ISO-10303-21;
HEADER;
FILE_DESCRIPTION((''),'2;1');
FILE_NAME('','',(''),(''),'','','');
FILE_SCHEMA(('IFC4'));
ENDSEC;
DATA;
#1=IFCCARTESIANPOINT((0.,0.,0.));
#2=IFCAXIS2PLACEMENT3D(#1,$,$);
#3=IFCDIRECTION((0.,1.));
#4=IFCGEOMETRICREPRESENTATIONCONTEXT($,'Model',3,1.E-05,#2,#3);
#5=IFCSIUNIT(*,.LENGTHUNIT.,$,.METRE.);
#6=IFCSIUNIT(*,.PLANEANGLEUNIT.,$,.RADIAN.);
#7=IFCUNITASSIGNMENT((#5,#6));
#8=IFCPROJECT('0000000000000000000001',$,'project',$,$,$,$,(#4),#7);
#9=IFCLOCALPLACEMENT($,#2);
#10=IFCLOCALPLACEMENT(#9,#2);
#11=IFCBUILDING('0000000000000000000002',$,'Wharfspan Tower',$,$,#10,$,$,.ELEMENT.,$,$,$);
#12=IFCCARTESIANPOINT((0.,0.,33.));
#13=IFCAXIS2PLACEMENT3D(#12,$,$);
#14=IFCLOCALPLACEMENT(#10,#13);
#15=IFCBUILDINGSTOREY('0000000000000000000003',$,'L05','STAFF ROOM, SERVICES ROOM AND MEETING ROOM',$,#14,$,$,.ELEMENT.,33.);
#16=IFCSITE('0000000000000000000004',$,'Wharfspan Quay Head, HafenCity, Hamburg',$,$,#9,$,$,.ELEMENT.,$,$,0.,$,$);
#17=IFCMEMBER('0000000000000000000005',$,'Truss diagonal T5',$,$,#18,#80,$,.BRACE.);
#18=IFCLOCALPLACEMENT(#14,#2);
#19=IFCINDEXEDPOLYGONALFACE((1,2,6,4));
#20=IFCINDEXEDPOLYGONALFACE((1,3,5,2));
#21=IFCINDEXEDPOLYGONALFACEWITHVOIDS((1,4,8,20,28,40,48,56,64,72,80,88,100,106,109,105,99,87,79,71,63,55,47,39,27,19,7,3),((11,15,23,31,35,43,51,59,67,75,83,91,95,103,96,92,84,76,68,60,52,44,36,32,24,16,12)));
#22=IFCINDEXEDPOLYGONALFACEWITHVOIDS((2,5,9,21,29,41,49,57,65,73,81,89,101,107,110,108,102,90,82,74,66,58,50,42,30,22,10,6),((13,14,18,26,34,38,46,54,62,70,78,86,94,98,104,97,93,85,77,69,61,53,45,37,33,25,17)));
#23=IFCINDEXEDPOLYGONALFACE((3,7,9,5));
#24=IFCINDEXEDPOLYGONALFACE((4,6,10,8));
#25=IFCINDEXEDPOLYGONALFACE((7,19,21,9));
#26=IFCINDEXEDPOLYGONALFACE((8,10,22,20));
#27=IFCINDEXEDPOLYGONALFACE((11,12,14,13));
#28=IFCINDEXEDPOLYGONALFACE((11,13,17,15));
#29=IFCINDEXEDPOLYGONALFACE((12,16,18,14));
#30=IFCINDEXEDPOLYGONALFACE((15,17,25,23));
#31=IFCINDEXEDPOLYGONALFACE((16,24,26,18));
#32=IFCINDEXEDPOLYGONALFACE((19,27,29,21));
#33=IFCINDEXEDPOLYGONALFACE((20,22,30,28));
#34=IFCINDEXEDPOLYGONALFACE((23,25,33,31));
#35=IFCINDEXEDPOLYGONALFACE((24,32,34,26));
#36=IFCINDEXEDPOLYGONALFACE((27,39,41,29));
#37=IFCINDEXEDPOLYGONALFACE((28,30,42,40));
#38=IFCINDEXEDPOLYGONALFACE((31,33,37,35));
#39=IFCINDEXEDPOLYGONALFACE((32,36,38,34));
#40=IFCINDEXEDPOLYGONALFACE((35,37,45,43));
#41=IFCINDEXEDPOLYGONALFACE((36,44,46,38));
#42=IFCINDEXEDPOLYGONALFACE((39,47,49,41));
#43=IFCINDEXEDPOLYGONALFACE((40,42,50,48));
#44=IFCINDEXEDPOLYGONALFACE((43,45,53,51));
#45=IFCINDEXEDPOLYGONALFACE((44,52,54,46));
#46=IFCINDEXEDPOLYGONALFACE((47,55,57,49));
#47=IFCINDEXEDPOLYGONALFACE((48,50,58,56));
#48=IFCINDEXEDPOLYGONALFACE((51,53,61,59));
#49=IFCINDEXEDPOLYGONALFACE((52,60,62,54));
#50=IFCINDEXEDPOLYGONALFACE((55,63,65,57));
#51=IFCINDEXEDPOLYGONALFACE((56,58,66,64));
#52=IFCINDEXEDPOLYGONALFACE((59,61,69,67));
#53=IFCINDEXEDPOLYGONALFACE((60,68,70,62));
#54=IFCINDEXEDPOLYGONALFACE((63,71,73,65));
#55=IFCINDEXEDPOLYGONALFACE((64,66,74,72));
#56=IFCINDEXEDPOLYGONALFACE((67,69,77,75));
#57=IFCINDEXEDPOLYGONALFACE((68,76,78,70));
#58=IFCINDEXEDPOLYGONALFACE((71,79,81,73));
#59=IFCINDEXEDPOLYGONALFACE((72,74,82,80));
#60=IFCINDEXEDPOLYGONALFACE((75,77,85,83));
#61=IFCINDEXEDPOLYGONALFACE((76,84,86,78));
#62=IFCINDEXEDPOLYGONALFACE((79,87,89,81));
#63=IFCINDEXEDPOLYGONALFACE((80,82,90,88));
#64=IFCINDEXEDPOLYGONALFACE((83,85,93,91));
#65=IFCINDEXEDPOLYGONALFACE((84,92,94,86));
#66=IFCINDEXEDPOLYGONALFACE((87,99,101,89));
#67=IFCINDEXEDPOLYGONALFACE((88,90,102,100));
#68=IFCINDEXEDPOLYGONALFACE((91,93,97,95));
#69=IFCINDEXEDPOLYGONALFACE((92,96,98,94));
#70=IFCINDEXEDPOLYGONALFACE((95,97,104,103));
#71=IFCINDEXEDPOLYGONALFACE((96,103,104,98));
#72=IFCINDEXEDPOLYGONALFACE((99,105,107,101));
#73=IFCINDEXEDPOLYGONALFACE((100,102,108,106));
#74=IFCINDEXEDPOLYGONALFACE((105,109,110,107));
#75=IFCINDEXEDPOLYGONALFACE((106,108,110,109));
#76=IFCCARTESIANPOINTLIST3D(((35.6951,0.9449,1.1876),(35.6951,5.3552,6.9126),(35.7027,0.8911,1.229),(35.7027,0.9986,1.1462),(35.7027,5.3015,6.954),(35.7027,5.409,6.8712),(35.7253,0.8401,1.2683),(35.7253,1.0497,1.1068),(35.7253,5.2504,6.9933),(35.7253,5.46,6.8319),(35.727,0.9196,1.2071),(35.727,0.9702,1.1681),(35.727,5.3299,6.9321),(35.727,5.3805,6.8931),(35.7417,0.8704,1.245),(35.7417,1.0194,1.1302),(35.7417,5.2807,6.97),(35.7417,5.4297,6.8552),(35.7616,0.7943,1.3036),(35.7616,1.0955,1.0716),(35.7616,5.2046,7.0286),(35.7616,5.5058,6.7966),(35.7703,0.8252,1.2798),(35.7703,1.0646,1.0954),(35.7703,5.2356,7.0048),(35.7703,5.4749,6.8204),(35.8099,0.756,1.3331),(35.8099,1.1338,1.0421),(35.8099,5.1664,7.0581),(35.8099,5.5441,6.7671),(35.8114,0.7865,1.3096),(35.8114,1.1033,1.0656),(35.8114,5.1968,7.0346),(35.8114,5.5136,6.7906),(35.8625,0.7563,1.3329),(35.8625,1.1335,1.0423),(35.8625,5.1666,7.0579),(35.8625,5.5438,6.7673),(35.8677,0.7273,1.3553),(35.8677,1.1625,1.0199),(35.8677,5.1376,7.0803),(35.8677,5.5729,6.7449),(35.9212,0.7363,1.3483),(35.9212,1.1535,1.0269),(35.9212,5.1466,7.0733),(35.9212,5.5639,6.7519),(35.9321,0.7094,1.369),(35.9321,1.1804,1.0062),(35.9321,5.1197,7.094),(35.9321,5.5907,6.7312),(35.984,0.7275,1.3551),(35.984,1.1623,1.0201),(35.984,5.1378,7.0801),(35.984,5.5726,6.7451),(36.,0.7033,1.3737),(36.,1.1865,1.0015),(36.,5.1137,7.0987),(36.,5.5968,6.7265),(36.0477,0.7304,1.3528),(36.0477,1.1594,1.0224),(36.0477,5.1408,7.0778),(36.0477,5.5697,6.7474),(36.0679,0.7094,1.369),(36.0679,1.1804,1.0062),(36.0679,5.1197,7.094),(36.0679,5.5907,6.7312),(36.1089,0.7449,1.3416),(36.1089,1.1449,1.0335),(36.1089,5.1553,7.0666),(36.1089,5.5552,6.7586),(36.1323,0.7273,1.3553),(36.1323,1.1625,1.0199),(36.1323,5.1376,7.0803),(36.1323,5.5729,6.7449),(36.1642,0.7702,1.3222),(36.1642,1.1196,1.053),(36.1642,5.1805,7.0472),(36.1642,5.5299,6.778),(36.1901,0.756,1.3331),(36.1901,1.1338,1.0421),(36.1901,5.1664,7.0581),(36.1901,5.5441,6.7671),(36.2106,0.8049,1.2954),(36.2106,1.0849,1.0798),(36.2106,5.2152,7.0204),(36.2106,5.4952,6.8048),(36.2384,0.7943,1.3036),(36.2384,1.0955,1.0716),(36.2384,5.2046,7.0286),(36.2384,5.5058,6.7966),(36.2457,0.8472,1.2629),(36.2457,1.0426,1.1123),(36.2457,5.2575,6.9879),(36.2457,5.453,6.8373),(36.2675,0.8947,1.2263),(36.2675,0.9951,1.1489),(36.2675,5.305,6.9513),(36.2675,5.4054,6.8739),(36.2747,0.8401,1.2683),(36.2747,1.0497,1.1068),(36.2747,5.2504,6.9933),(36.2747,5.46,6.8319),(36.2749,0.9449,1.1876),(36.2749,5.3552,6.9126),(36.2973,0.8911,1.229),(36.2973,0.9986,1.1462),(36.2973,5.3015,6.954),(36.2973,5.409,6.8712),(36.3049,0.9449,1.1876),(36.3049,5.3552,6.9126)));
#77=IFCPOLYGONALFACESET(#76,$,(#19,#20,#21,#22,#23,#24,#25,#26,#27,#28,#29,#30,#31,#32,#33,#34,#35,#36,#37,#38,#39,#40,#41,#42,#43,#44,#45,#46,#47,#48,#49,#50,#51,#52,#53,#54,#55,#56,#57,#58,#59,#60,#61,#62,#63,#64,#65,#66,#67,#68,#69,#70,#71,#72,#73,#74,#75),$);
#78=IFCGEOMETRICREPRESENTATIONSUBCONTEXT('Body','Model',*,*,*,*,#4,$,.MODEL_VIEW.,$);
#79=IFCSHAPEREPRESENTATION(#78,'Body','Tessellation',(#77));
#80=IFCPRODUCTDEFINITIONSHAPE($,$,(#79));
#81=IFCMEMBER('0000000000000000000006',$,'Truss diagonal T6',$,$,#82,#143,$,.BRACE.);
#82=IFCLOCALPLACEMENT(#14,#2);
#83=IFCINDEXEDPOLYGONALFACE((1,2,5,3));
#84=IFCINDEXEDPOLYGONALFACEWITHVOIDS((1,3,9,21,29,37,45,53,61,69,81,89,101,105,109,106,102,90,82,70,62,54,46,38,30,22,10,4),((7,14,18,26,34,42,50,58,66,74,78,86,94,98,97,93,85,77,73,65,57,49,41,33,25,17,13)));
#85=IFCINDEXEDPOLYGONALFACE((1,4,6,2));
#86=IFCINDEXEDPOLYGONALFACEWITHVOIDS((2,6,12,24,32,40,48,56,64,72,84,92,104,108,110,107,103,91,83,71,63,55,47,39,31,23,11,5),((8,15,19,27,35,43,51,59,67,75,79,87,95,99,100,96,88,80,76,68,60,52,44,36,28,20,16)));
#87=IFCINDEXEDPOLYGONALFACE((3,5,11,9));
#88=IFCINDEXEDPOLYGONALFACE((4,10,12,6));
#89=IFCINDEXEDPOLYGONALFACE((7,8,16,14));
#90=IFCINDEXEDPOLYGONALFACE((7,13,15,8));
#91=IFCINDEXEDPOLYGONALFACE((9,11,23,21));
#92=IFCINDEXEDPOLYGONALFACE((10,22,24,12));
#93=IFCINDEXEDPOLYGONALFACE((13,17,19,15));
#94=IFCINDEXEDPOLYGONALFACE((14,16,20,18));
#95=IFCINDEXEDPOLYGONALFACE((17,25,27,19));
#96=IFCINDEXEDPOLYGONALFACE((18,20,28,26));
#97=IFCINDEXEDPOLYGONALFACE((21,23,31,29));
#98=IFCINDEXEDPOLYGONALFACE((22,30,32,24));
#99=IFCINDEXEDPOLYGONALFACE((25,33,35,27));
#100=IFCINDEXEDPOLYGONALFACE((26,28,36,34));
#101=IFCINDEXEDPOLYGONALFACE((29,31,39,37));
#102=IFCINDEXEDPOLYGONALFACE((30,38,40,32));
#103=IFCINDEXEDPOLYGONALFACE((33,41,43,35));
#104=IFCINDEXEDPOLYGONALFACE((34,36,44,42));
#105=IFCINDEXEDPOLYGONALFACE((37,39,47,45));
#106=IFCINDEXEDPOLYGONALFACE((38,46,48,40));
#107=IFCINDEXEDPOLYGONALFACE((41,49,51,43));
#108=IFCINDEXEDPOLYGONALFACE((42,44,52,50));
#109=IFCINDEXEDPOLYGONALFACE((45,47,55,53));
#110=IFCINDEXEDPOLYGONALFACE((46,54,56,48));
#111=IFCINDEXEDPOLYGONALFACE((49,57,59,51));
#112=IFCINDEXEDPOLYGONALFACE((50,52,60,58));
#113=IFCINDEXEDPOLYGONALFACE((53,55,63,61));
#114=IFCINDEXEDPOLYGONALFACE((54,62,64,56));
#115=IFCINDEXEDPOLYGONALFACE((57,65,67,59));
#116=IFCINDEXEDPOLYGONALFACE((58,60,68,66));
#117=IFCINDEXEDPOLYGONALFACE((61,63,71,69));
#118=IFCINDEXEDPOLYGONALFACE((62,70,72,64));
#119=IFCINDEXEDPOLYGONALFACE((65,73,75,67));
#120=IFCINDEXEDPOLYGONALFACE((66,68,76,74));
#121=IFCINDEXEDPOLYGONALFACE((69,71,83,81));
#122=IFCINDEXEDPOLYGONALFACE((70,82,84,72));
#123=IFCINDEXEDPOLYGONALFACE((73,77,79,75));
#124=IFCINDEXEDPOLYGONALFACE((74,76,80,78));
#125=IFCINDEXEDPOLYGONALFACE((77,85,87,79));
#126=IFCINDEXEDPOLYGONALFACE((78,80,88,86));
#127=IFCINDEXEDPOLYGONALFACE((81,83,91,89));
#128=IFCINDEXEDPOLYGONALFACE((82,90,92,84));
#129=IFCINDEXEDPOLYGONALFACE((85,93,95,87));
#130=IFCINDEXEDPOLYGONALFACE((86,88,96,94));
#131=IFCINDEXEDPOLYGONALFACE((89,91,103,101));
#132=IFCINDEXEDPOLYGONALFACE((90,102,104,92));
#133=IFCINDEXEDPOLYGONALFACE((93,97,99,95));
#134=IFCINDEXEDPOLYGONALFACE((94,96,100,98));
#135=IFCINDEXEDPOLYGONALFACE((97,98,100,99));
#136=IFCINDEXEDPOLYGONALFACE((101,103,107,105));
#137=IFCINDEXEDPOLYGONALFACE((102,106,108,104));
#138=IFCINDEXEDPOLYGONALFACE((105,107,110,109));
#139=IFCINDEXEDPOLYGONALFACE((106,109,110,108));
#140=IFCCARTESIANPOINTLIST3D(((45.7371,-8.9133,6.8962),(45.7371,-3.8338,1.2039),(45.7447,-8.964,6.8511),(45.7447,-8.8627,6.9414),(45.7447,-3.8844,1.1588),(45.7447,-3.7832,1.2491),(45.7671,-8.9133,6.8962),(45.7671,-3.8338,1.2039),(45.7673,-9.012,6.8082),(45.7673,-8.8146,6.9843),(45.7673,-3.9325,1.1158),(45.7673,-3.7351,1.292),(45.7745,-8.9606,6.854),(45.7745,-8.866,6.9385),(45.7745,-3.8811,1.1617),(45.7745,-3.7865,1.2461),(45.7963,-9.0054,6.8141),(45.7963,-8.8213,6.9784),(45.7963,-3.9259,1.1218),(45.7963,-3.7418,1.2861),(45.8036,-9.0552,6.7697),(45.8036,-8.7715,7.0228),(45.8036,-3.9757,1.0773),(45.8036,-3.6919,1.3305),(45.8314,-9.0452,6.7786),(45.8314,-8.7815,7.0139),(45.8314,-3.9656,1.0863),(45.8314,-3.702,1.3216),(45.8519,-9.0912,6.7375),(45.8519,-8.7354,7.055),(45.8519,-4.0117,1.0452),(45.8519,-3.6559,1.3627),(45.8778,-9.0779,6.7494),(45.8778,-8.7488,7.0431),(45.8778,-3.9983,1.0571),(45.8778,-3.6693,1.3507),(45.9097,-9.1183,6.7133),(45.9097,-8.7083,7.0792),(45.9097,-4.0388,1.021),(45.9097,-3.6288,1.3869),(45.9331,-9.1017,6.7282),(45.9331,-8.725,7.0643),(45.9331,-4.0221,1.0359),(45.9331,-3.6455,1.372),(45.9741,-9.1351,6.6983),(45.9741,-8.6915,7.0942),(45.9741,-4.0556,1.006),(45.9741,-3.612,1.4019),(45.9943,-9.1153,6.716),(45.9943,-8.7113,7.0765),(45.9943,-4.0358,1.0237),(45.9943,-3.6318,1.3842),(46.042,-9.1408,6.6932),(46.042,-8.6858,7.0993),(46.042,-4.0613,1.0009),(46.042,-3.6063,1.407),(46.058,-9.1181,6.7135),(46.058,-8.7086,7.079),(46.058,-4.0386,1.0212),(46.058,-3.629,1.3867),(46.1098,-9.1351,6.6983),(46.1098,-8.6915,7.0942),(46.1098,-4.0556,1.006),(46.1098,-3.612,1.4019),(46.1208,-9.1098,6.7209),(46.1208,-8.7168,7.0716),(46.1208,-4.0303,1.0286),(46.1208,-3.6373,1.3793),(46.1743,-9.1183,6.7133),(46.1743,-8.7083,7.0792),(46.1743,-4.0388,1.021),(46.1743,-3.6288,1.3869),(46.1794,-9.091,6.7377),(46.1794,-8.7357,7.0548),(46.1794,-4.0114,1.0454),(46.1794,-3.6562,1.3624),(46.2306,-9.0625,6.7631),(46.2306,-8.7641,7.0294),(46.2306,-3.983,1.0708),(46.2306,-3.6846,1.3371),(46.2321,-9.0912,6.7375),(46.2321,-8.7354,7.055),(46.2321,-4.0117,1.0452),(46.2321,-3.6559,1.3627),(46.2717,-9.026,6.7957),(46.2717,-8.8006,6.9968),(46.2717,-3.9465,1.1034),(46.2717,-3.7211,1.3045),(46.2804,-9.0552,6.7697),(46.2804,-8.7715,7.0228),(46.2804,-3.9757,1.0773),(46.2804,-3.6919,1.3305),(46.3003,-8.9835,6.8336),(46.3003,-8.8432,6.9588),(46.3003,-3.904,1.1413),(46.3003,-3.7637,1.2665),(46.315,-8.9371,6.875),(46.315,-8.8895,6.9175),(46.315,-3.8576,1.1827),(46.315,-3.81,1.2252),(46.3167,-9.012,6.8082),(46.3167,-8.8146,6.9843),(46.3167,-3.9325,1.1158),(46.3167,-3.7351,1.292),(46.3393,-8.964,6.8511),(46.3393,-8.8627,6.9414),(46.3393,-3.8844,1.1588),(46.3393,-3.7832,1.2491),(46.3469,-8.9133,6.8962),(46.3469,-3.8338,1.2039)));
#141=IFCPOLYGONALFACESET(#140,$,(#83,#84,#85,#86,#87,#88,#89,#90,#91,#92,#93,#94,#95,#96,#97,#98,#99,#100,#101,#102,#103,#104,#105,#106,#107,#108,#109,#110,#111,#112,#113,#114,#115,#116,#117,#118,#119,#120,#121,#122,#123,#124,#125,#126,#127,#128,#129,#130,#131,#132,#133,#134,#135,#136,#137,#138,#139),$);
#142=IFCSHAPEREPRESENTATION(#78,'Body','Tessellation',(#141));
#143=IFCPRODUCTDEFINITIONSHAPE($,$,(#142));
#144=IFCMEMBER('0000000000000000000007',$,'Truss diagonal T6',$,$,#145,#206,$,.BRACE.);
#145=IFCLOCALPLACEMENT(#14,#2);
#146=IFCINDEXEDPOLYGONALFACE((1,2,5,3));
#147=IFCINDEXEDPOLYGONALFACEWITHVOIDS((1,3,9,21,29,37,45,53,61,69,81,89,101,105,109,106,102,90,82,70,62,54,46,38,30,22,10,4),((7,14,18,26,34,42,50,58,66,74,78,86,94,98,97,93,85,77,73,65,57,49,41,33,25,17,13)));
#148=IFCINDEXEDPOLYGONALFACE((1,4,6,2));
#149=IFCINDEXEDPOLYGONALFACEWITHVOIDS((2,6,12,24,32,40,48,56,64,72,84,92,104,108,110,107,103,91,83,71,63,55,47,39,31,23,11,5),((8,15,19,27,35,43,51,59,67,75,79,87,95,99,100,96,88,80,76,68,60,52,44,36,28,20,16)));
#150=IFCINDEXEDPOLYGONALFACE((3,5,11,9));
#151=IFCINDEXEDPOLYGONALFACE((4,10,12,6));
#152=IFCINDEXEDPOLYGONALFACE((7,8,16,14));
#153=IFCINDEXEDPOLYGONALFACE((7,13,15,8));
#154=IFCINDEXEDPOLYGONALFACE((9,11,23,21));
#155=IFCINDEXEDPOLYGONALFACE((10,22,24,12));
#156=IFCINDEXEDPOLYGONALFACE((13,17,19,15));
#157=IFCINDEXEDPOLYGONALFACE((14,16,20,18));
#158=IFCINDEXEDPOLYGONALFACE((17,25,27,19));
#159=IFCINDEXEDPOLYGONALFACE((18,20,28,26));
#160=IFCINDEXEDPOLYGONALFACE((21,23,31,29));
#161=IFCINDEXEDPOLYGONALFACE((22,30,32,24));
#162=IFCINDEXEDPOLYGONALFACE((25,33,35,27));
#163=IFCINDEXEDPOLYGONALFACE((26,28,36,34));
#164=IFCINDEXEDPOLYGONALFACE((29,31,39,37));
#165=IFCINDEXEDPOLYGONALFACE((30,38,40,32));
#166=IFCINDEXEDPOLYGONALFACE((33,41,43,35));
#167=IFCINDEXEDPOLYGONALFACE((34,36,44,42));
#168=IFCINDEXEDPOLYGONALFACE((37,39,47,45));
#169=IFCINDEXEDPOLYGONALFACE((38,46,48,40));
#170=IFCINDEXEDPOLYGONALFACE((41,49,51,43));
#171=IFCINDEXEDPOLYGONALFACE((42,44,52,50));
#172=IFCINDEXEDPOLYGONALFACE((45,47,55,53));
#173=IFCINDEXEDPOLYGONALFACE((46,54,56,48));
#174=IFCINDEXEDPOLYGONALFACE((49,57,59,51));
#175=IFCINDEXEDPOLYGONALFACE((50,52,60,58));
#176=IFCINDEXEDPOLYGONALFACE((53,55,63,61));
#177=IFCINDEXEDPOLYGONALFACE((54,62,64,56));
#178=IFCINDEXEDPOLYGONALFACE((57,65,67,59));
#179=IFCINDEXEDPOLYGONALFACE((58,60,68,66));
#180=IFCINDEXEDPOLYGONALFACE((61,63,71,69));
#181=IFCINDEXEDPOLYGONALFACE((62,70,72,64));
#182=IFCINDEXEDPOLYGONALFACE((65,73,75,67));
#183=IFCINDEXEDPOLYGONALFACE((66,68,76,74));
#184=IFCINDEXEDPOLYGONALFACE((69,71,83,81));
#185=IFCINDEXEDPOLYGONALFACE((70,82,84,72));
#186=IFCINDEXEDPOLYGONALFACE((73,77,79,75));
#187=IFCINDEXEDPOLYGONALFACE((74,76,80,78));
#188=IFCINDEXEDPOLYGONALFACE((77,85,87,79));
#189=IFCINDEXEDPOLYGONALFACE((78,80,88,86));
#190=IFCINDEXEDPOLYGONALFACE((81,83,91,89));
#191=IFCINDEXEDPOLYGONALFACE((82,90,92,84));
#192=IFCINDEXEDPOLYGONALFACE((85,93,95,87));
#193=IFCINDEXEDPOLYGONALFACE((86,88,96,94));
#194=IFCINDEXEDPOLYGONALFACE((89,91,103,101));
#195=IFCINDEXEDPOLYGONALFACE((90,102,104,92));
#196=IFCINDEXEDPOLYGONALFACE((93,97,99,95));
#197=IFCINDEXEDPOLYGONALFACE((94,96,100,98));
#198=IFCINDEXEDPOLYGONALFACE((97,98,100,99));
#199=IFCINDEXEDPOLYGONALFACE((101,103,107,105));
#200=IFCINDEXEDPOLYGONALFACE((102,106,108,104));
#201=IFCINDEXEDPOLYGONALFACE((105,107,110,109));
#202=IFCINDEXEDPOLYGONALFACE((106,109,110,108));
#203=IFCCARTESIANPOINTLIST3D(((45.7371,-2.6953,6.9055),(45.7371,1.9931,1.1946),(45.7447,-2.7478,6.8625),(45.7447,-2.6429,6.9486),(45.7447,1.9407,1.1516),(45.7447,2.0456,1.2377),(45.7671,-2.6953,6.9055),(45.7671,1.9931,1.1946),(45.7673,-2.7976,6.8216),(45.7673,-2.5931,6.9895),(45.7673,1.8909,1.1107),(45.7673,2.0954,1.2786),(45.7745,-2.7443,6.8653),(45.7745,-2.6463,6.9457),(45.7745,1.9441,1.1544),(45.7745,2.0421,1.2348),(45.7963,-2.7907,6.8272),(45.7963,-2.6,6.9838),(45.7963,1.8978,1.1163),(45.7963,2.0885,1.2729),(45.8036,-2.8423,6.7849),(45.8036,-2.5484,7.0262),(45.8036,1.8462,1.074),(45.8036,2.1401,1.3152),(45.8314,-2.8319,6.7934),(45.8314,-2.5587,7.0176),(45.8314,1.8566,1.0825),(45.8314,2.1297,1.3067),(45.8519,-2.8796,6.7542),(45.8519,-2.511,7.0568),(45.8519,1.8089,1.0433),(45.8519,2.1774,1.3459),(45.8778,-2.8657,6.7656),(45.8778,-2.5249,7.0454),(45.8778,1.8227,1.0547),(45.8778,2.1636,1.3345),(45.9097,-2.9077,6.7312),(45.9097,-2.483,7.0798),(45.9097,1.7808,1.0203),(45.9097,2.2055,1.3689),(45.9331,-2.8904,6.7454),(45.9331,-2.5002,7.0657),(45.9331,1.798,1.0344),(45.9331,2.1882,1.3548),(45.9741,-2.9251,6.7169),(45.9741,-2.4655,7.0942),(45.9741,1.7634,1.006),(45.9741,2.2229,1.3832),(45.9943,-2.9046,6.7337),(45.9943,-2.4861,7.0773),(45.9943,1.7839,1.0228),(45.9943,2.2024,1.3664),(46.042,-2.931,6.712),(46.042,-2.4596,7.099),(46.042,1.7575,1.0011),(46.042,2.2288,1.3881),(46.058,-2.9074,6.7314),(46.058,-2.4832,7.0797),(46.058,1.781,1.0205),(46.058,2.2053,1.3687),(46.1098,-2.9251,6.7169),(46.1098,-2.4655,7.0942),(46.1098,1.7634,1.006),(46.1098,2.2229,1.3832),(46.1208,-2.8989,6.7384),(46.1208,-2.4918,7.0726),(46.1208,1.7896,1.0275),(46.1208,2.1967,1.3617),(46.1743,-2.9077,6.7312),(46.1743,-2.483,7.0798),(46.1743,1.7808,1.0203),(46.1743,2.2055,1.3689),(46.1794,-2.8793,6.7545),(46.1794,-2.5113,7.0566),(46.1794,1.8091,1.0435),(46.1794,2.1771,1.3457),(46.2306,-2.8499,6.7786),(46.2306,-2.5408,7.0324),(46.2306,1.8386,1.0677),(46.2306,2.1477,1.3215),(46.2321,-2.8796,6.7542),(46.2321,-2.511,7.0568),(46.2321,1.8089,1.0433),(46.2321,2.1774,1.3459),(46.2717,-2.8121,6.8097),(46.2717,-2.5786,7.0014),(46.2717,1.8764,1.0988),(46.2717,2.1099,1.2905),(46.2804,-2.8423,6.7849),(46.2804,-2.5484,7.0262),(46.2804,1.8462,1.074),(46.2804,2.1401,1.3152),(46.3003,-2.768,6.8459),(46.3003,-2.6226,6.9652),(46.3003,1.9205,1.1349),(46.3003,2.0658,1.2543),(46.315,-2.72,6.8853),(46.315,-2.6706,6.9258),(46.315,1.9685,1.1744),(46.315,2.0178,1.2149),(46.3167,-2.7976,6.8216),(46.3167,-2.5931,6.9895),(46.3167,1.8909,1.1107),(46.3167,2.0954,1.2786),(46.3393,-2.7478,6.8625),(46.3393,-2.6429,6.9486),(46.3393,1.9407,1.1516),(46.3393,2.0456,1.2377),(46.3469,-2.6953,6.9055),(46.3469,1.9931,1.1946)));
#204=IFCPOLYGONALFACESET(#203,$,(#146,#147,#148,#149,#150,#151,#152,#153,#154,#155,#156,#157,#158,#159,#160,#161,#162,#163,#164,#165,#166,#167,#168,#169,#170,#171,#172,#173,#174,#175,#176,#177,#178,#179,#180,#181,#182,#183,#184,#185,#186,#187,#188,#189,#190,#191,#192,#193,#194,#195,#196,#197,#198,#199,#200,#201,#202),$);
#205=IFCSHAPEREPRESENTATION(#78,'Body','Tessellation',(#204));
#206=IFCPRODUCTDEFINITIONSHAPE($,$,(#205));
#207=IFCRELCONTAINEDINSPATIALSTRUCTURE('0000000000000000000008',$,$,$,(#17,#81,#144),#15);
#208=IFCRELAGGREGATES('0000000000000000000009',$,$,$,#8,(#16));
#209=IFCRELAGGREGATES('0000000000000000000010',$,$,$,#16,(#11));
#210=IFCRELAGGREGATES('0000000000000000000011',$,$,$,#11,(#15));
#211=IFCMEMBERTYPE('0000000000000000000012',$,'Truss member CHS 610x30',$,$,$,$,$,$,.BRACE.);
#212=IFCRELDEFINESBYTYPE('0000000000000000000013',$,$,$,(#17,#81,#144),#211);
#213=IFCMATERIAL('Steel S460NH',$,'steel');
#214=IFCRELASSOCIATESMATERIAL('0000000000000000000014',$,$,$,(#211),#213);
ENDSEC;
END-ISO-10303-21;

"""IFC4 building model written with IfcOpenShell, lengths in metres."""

from ifc_helpers import new_model, si_unit, direction, frame, origin, origin_2d, place, context, subcontext, project, spatial, hollow_circle, extrude, material, material_profile, profile_set, type_object, element, save


model = new_model("IFC4")

# Units and contexts
model_context = context("Model", 3, precision=1e-05, world=origin(), true_north=direction((0.0, 1.0)))
body_context = subcontext(model_context, "Body", "Model", "MODEL_VIEW")
ifc_project = project(units=[si_unit("LENGTHUNIT", "METRE"), si_unit("PLANEANGLEUNIT", "RADIAN")], contexts=[model_context])

# Site, building, storey
site_placement = place(None, origin())
site = spatial("IfcSite", under=ifc_project, at=site_placement, Name="Wharfspan Quay Head, HafenCity, Hamburg", CompositionType="ELEMENT", RefElevation=0.0)
building_placement = place(site_placement, origin())
building = spatial("IfcBuilding", under=site, at=building_placement, Name="Wharfspan Tower", CompositionType="ELEMENT")
storey_placement = place(building_placement, frame((0.0, 0.0, 33.0)))
storey = spatial("IfcBuildingStorey", under=building, at=storey_placement, Name="L05", Description="STAFF ROOM, SERVICES ROOM AND MEETING ROOM", CompositionType="ELEMENT", Elevation=33.0)

# Members
ifc_material_1 = material(Name="Steel S460NH", Category="steel")
ifc_material_profile_1 = material_profile(ifc_material_1, hollow_circle(Radius=0.3049, WallThickness=0.03, at=origin_2d()))
ifc_profile_set_1 = profile_set([ifc_material_profile_1], Name="Steel S460NH")
member_type_1 = type_object("IfcMemberType", Name="Truss member CHS 610x30", PredefinedType="BRACE", material=ifc_profile_set_1)
member_1_placement = place(storey_placement, frame((36.0, 5.3552, 6.9126), z_axis=(0.0, -0.610274, -0.792191), x_axis=(1.0, 0.0, 0.0)))
element("IfcMember", 1, at=member_1_placement, inside=storey, type_object=member_type_1, Name="Truss diagonal T5", PredefinedType="BRACE", context=body_context, shape_type="SweptSolid", body=[
    extrude(hollow_circle(Radius=0.3049, WallThickness=0.03, at=origin_2d()), origin(), (0.0, 0.0, 1.0), 7.2268),
])
member_2_placement = place(storey_placement, frame((46.042, -8.9133, 6.8962), z_axis=(0.0, 0.665805, -0.746126), x_axis=(-1.0, 0.0, 0.0)))
element("IfcMember", 2, at=member_2_placement, inside=storey, type_object=member_type_1, Name="Truss diagonal T6", PredefinedType="BRACE", context=body_context, shape_type="SweptSolid", body=[
    extrude(hollow_circle(Radius=0.3049, WallThickness=0.03, at=origin_2d()), origin(), (0.0, 0.0, 1.0), 7.6292),
])
member_3_placement = place(storey_placement, frame((46.042, -2.6953, 6.9055), z_axis=(0.0, 0.634525, -0.772902), x_axis=(-1.0, 0.0, 0.0)))
element("IfcMember", 3, at=member_3_placement, inside=storey, type_object=member_type_1, Name="Truss diagonal T6", PredefinedType="BRACE", context=body_context, shape_type="SweptSolid", body=[
    extrude(hollow_circle(Radius=0.3049, WallThickness=0.03, at=origin_2d()), origin(), (0.0, 0.0, 1.0), 7.3889),
])

save(model, "model.ifc")
